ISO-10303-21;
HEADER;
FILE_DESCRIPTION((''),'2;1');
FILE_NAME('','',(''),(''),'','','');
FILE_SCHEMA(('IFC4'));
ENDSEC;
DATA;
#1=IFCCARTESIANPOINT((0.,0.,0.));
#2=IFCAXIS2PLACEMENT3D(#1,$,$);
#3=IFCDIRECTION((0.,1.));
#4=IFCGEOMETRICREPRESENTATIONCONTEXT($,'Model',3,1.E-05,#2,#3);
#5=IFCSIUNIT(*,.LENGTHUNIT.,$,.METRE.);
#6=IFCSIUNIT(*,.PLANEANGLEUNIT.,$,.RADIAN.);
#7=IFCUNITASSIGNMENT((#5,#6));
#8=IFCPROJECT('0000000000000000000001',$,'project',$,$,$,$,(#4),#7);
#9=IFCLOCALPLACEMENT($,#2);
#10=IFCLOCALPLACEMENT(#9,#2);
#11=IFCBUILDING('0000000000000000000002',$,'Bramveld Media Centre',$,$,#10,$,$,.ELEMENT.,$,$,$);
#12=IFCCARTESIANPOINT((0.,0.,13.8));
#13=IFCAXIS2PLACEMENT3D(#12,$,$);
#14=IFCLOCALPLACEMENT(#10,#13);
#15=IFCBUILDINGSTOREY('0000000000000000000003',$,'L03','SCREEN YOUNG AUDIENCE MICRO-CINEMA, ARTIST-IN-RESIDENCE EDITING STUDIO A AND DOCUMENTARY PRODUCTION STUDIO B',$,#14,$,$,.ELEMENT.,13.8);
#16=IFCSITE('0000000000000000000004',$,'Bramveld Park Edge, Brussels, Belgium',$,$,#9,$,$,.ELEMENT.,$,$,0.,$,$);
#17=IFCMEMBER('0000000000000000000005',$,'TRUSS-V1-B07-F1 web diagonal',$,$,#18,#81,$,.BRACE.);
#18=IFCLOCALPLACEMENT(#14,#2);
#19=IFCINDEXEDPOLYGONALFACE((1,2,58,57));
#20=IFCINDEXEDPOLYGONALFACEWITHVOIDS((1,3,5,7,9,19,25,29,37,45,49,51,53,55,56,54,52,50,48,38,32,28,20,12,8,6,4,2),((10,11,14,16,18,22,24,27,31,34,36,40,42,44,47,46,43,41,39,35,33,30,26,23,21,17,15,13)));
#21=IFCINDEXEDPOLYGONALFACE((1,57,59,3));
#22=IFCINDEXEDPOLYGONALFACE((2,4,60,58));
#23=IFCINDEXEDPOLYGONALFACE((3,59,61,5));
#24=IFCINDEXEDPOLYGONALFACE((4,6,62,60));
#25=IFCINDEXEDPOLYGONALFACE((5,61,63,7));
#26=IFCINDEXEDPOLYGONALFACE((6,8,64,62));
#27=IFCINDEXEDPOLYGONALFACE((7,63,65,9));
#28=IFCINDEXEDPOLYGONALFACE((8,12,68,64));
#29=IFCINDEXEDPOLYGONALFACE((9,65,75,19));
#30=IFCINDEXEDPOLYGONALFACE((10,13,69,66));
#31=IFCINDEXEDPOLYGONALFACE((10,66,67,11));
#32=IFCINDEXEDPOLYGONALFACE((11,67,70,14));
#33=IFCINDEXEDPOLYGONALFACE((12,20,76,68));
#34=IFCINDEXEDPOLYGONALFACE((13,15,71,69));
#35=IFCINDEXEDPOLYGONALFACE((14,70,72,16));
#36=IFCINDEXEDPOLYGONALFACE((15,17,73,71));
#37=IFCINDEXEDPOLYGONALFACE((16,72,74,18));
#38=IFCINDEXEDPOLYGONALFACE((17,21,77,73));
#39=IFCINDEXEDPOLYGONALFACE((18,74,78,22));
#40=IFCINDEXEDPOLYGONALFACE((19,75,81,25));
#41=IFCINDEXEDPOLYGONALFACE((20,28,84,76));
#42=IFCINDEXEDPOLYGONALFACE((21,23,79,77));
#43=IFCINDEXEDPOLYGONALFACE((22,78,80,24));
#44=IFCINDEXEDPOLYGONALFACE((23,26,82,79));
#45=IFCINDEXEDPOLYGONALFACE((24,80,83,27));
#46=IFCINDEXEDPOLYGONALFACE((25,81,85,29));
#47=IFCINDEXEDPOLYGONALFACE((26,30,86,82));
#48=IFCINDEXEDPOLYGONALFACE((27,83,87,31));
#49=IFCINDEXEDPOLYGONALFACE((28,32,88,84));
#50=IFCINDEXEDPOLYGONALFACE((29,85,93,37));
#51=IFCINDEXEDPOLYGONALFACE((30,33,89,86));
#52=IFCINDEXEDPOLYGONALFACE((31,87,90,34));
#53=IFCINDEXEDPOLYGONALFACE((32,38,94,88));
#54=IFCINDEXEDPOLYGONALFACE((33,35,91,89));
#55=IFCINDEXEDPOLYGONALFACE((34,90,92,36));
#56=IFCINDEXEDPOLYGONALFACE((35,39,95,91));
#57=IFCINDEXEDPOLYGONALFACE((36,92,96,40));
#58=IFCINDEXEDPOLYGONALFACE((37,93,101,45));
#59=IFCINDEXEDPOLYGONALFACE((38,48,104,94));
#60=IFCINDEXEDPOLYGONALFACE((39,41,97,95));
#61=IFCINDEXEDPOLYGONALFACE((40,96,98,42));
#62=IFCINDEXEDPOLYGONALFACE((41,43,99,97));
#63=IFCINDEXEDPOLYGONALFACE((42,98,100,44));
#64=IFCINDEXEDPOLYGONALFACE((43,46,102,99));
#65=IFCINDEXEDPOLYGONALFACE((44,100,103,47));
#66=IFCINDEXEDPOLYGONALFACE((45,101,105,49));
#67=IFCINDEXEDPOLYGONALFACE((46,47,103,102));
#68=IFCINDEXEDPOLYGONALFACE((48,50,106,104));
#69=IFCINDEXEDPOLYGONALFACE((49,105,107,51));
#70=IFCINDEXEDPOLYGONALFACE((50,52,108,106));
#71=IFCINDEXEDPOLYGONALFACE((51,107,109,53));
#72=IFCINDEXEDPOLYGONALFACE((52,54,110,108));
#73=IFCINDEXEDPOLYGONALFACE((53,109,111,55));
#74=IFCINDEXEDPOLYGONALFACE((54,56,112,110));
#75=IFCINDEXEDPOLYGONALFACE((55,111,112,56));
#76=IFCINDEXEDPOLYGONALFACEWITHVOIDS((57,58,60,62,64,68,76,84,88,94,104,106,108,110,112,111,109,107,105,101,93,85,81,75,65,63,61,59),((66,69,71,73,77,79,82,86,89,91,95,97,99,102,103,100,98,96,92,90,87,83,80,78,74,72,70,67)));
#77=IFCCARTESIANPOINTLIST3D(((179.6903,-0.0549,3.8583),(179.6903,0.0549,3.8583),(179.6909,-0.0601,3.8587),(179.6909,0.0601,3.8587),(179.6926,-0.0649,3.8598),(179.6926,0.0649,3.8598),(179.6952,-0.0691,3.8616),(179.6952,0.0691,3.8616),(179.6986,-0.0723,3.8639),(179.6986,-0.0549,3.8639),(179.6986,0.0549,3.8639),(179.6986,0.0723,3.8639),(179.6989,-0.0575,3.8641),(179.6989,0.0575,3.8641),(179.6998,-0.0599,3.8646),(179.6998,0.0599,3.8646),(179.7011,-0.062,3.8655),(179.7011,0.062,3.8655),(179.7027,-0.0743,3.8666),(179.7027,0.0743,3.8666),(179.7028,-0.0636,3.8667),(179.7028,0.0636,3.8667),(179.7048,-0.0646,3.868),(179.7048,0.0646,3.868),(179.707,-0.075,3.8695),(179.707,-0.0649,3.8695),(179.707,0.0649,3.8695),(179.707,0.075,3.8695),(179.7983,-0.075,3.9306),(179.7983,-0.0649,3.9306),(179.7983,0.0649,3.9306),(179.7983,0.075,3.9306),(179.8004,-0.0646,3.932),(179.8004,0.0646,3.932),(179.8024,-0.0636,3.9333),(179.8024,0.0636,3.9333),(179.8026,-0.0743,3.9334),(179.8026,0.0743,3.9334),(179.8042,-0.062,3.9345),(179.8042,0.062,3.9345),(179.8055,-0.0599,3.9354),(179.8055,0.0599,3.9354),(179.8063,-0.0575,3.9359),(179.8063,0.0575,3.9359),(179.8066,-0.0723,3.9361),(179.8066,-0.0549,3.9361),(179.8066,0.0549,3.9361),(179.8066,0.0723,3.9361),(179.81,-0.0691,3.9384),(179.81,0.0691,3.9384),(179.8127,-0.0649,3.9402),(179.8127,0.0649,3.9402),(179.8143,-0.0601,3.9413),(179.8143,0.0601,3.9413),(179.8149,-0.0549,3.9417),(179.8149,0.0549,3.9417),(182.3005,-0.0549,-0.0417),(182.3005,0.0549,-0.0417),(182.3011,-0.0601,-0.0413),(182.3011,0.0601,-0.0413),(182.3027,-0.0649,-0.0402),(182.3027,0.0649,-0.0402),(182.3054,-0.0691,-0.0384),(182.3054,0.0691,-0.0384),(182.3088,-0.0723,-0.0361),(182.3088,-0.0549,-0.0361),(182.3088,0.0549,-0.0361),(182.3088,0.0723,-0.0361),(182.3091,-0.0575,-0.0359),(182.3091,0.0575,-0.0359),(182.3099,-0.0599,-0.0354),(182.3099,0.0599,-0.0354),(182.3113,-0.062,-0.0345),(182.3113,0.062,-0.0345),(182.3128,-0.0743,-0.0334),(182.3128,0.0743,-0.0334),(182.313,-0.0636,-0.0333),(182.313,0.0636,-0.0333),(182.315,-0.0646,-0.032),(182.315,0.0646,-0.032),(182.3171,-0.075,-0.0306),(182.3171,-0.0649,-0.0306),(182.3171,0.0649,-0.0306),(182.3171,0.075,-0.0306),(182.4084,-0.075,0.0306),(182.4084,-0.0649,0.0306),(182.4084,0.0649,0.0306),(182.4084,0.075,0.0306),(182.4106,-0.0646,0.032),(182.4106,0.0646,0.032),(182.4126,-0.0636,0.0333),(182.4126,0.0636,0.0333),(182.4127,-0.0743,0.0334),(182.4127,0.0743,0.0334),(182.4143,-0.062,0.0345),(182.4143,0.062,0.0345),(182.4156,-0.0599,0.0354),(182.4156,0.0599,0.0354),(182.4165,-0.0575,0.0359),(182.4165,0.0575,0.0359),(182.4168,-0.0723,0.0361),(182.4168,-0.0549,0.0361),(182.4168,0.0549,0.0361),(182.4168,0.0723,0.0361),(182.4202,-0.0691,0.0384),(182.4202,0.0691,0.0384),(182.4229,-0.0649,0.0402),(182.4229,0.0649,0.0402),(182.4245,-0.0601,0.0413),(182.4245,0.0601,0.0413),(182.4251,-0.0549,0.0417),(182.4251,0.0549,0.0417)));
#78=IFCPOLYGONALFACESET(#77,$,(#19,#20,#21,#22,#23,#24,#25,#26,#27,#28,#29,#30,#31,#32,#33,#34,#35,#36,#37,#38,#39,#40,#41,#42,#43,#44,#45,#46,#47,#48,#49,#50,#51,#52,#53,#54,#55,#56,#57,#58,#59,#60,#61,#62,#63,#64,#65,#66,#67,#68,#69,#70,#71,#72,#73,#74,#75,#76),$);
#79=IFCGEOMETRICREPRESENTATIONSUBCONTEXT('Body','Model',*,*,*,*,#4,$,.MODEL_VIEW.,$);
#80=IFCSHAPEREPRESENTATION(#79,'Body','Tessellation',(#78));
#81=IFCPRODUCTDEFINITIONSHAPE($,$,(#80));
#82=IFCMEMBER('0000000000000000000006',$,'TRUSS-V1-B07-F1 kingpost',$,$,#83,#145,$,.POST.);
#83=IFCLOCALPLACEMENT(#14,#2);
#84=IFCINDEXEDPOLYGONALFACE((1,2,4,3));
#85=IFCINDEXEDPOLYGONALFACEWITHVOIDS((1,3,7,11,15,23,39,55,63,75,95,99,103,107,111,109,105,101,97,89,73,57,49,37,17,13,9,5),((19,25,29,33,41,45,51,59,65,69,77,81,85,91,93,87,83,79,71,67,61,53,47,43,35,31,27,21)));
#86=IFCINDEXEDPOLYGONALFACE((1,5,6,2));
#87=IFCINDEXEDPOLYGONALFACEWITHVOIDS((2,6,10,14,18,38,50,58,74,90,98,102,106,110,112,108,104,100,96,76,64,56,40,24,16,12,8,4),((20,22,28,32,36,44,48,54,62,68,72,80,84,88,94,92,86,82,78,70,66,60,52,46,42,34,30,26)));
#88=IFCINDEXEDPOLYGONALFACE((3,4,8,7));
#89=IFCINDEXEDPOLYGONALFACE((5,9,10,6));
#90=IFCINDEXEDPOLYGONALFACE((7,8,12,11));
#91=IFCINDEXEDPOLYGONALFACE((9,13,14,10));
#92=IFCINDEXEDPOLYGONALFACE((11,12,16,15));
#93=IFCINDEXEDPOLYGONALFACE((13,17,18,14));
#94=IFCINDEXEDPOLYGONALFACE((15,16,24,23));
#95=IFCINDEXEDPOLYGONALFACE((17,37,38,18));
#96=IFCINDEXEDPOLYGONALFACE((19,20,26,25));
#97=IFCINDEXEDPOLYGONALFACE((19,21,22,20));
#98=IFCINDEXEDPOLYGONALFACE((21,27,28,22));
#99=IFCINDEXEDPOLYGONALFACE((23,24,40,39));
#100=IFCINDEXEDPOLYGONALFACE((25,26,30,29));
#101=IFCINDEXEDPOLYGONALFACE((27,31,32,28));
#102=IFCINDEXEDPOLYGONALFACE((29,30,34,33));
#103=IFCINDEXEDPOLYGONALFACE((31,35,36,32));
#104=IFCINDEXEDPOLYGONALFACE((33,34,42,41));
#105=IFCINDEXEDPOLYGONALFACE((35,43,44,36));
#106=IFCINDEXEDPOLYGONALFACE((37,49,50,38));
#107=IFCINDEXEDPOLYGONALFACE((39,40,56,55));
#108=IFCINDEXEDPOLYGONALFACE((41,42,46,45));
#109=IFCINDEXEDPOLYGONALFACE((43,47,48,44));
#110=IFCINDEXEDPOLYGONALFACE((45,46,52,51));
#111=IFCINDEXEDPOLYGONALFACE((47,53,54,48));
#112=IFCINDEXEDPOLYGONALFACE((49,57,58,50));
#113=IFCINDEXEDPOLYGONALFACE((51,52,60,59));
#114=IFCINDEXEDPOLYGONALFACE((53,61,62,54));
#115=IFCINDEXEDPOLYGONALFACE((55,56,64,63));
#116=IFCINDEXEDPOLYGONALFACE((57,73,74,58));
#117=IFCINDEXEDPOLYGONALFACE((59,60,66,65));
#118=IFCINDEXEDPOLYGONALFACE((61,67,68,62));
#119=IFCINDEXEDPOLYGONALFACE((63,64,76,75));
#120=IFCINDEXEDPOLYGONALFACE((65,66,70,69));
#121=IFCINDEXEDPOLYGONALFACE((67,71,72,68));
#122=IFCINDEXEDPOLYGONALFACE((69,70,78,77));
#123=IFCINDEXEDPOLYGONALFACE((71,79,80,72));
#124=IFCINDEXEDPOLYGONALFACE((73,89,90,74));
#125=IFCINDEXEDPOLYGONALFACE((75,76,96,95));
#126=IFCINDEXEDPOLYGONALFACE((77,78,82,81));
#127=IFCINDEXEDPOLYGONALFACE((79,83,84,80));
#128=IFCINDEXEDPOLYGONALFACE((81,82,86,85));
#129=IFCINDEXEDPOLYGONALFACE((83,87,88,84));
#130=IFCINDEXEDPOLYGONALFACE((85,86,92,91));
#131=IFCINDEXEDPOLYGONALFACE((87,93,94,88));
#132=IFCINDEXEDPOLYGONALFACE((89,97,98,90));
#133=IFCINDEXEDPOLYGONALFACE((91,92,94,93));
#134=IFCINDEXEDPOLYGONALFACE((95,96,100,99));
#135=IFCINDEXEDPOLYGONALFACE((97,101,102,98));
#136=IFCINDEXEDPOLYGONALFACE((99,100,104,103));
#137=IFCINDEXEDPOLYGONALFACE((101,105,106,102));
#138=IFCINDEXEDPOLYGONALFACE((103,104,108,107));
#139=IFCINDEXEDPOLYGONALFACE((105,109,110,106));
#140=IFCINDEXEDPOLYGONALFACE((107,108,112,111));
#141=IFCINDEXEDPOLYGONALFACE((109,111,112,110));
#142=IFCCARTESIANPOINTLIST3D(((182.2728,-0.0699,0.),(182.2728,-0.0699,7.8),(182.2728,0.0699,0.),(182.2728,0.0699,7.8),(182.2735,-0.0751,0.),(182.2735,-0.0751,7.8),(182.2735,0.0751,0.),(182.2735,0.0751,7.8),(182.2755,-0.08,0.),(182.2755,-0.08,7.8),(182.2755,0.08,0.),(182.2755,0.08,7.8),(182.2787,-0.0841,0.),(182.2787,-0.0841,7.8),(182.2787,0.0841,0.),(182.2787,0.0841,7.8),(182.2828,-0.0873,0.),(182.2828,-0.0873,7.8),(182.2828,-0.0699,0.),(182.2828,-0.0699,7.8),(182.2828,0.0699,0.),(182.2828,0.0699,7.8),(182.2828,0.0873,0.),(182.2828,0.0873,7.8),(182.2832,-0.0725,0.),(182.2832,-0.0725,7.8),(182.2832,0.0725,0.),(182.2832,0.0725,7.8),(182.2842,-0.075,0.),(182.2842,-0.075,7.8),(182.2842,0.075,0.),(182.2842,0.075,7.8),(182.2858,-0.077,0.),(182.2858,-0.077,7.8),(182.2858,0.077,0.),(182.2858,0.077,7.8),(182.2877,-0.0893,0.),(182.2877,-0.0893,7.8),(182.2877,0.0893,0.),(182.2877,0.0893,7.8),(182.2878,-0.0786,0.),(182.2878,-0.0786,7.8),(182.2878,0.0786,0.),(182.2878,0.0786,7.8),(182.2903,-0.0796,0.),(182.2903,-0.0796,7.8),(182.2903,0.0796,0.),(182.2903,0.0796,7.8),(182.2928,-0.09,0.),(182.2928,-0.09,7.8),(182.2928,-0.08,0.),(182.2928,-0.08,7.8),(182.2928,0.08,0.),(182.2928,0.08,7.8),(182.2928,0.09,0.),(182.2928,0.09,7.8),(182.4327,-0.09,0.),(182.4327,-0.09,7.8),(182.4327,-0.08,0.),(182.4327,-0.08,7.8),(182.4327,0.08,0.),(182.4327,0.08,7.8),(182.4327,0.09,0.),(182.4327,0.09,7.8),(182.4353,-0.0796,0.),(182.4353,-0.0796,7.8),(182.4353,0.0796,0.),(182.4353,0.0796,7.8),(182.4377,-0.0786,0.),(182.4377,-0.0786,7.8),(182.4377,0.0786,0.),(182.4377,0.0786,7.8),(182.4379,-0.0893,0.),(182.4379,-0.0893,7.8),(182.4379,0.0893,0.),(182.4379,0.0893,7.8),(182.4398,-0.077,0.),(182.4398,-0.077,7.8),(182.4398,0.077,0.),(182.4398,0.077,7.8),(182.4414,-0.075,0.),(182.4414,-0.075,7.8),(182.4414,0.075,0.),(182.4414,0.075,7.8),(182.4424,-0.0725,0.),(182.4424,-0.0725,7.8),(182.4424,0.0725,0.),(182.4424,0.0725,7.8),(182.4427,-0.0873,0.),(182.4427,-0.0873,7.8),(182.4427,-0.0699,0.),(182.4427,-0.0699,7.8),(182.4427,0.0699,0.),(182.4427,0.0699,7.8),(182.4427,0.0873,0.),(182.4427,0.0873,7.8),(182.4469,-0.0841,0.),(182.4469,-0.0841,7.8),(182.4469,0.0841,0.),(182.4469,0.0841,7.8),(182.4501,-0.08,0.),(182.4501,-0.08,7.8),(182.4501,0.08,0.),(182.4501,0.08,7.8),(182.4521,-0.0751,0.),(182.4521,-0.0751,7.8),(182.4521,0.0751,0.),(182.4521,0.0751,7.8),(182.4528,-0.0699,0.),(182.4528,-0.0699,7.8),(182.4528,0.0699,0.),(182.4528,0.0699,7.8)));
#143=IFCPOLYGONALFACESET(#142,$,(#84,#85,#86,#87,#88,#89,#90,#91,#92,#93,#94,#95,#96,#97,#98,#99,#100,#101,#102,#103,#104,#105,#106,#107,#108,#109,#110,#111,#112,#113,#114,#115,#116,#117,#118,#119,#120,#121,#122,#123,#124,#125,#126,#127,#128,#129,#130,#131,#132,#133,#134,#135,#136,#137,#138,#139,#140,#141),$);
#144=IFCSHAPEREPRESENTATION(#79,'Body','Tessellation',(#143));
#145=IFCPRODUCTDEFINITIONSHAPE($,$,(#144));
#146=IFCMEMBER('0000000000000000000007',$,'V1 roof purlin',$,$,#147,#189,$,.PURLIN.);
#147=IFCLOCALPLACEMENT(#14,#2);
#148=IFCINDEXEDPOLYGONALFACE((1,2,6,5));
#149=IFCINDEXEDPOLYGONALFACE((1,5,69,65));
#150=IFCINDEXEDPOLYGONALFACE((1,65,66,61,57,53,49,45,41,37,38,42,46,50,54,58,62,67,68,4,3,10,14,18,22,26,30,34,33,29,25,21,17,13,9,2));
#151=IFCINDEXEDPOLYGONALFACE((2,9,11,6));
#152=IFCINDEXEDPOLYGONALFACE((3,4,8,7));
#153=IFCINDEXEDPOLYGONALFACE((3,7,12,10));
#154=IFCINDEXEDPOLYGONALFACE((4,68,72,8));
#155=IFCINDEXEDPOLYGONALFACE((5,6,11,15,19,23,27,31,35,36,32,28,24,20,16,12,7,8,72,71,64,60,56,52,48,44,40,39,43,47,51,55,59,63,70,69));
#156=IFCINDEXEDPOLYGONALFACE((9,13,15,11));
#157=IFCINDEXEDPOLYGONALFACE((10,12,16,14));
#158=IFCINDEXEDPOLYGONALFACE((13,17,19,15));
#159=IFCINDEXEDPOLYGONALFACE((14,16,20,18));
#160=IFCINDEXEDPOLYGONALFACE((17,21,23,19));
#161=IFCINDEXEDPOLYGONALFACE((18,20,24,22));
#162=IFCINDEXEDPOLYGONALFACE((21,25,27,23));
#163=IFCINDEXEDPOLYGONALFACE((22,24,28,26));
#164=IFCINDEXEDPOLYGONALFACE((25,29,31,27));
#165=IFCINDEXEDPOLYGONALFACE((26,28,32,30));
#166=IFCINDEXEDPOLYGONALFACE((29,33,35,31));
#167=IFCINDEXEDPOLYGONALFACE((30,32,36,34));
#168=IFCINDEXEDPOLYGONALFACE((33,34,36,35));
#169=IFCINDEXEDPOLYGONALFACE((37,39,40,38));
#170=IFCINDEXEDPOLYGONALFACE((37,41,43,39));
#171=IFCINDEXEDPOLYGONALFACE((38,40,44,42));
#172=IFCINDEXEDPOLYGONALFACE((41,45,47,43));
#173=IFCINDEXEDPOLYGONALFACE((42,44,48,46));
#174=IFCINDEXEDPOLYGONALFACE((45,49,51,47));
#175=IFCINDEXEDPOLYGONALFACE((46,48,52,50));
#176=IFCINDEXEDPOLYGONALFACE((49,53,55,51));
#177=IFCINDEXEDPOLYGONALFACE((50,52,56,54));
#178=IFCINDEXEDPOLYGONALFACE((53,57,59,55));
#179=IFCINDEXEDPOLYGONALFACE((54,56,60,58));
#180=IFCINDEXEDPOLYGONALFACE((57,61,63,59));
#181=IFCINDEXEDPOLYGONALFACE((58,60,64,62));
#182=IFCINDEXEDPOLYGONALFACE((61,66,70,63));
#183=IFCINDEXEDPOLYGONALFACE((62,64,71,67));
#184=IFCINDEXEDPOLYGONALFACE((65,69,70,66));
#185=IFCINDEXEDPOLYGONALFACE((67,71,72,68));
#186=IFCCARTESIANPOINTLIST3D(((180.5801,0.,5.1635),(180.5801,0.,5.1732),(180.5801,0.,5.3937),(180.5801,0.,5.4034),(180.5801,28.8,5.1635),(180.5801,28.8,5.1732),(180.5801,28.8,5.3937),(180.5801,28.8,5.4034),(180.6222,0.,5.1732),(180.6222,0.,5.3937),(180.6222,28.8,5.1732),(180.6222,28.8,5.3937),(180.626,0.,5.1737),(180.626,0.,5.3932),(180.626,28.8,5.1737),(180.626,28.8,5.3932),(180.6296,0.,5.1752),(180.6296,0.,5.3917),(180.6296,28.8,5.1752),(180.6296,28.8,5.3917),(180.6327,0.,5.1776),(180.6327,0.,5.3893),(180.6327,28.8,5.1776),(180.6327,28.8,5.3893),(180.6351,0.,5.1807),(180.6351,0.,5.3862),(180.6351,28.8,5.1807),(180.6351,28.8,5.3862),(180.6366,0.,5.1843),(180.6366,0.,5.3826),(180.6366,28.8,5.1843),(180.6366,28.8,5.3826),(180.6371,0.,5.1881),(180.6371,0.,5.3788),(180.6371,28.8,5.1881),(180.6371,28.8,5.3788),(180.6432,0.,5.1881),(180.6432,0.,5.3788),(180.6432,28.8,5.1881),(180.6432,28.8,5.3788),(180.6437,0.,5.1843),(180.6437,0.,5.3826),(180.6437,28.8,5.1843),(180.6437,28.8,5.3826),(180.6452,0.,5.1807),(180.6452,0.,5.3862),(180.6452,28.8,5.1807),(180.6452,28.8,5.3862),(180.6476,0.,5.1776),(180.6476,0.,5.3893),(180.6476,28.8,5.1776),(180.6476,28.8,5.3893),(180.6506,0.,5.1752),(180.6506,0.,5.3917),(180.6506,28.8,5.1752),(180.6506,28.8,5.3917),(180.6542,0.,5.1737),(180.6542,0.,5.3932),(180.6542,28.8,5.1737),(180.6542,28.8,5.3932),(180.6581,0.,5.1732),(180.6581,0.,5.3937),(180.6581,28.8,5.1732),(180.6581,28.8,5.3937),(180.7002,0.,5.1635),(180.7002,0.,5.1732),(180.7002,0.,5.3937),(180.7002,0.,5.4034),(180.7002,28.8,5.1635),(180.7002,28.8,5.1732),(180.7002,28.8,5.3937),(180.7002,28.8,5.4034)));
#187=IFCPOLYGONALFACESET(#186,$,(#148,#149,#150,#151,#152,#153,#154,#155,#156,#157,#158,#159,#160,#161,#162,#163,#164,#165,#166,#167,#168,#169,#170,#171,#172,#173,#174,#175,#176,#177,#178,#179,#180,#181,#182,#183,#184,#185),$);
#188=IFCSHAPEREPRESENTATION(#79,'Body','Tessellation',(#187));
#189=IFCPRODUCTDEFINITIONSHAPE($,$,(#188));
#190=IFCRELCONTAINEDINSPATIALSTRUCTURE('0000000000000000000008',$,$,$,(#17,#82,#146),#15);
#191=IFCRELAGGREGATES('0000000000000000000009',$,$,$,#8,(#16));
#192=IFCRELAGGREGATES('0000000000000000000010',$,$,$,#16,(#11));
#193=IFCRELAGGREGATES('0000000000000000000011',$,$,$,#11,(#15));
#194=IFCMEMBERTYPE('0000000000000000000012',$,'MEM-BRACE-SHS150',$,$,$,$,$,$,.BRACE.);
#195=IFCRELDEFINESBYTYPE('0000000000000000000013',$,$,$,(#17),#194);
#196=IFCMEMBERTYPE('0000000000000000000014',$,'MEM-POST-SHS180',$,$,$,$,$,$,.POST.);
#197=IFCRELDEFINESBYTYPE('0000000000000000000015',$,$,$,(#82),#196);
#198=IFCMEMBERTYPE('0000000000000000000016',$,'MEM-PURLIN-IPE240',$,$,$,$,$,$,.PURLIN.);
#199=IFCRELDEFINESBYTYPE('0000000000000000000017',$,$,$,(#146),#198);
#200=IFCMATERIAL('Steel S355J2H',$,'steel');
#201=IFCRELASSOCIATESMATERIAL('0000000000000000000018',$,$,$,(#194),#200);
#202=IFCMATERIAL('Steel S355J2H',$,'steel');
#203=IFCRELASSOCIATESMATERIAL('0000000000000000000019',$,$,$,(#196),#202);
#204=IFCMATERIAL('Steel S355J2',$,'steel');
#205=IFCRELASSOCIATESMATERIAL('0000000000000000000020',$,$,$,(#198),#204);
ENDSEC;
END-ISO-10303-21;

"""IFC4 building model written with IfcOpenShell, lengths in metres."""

from ifc_helpers import new_model, si_unit, direction, frame, origin, origin_2d, place, context, subcontext, project, spatial, hollow_rectangle, i_section, extrude, material, material_profile, profile_set, type_object, element, save


model = new_model("IFC4")

# Units and contexts
model_context = context("Model", 3, precision=1e-05, world=origin(), true_north=direction((0.0, 1.0)))
body_context = subcontext(model_context, "Body", "Model", "MODEL_VIEW")
ifc_project = project(units=[si_unit("LENGTHUNIT", "METRE"), si_unit("PLANEANGLEUNIT", "RADIAN")], contexts=[model_context])

# Site, building, storey
site_placement = place(None, origin())
site = spatial("IfcSite", under=ifc_project, at=site_placement, Name="Bramveld Park Edge, Brussels, Belgium", CompositionType="ELEMENT", RefElevation=0.0)
building_placement = place(site_placement, origin())
building = spatial("IfcBuilding", under=site, at=building_placement, Name="Bramveld Media Centre", CompositionType="ELEMENT")
storey_placement = place(building_placement, frame((0.0, 0.0, 13.8)))
storey = spatial("IfcBuildingStorey", under=building, at=storey_placement, Name="L03", Description="SCREEN YOUNG AUDIENCE MICRO-CINEMA, ARTIST-IN-RESIDENCE EDITING STUDIO A AND DOCUMENTARY PRODUCTION STUDIO B", CompositionType="ELEMENT", Elevation=13.8)

# Members
ifc_material_1 = material(Name="Steel S355J2H", Category="steel")
ifc_material_profile_1 = material_profile(ifc_material_1, hollow_rectangle(XDim=0.1499, YDim=0.1499, WallThickness=0.01, InnerFilletRadius=0.01, OuterFilletRadius=0.02, at=origin_2d()), Name="SHS 150x150x10")
ifc_profile_set_1 = profile_set([ifc_material_profile_1], Name="Steel S355J2H")
member_type_1 = type_object("IfcMemberType", Name="MEM-BRACE-SHS150", PredefinedType="BRACE", material=ifc_profile_set_1)
member_1_placement = place(storey_placement, frame((182.3628, 0.0, 0.0), z_axis=(-0.5562, 0.0, 0.831048), x_axis=(0.0, -1.0, 0.0)))
element("IfcMember", 1, at=member_1_placement, inside=storey, type_object=member_type_1, Name="TRUSS-V1-B07-F1 web diagonal", PredefinedType="BRACE", context=body_context, shape_type="SweptSolid", body=[
    extrude(hollow_rectangle(XDim=0.1499, YDim=0.1499, WallThickness=0.01, InnerFilletRadius=0.01, OuterFilletRadius=0.02, at=origin_2d()), origin(), (0.0, 0.0, 1.0), 4.6929),
])
ifc_material_2 = material(Name="Steel S355J2H", Category="steel")
ifc_material_profile_2 = material_profile(ifc_material_2, hollow_rectangle(XDim=0.1799, YDim=0.1799, WallThickness=0.01, InnerFilletRadius=0.01, OuterFilletRadius=0.02, at=origin_2d()), Name="SHS 180x180x10")
ifc_profile_set_2 = profile_set([ifc_material_profile_2], Name="Steel S355J2H")
member_type_2 = type_object("IfcMemberType", Name="MEM-POST-SHS180", PredefinedType="POST", material=ifc_profile_set_2)
member_2_placement = place(storey_placement, frame((182.3628, 0.0, 0.0), z_axis=(0.0, 0.0, 1.0), x_axis=(1.0, 0.0, 0.0)))
element("IfcMember", 2, at=member_2_placement, inside=storey, type_object=member_type_2, Name="TRUSS-V1-B07-F1 kingpost", PredefinedType="POST", context=body_context, shape_type="SweptSolid", body=[
    extrude(hollow_rectangle(XDim=0.1799, YDim=0.1799, WallThickness=0.01, InnerFilletRadius=0.01, OuterFilletRadius=0.02, at=origin_2d()), origin(), (0.0, 0.0, 1.0), 7.8),
])
ifc_material_3 = material(Name="Steel S355J2", Category="steel")
ifc_material_profile_3 = material_profile(ifc_material_3, i_section(OverallWidth=0.1201, OverallDepth=0.24, WebThickness=0.0061, FlangeThickness=0.0098, FilletRadius=0.0149, at=origin_2d()), Name="IPE 240")
ifc_profile_set_3 = profile_set([ifc_material_profile_3], Name="Steel S355J2")
member_type_3 = type_object("IfcMemberType", Name="MEM-PURLIN-IPE240", PredefinedType="PURLIN", material=ifc_profile_set_3)
member_3_placement = place(storey_placement, frame((180.6401, 0.0, 5.2834), z_axis=(0.0, 1.0, 0.0), x_axis=(-1.0, 0.0, 0.0)))
element("IfcMember", 3, at=member_3_placement, inside=storey, type_object=member_type_3, Name="V1 roof purlin", PredefinedType="PURLIN", context=body_context, shape_type="SweptSolid", body=[
    extrude(i_section(OverallWidth=0.1201, OverallDepth=0.24, WebThickness=0.0061, FlangeThickness=0.0098, FilletRadius=0.0149, at=origin_2d()), origin(), (0.0, 0.0, 1.0), 28.8),
])

save(model, "model.ifc")
